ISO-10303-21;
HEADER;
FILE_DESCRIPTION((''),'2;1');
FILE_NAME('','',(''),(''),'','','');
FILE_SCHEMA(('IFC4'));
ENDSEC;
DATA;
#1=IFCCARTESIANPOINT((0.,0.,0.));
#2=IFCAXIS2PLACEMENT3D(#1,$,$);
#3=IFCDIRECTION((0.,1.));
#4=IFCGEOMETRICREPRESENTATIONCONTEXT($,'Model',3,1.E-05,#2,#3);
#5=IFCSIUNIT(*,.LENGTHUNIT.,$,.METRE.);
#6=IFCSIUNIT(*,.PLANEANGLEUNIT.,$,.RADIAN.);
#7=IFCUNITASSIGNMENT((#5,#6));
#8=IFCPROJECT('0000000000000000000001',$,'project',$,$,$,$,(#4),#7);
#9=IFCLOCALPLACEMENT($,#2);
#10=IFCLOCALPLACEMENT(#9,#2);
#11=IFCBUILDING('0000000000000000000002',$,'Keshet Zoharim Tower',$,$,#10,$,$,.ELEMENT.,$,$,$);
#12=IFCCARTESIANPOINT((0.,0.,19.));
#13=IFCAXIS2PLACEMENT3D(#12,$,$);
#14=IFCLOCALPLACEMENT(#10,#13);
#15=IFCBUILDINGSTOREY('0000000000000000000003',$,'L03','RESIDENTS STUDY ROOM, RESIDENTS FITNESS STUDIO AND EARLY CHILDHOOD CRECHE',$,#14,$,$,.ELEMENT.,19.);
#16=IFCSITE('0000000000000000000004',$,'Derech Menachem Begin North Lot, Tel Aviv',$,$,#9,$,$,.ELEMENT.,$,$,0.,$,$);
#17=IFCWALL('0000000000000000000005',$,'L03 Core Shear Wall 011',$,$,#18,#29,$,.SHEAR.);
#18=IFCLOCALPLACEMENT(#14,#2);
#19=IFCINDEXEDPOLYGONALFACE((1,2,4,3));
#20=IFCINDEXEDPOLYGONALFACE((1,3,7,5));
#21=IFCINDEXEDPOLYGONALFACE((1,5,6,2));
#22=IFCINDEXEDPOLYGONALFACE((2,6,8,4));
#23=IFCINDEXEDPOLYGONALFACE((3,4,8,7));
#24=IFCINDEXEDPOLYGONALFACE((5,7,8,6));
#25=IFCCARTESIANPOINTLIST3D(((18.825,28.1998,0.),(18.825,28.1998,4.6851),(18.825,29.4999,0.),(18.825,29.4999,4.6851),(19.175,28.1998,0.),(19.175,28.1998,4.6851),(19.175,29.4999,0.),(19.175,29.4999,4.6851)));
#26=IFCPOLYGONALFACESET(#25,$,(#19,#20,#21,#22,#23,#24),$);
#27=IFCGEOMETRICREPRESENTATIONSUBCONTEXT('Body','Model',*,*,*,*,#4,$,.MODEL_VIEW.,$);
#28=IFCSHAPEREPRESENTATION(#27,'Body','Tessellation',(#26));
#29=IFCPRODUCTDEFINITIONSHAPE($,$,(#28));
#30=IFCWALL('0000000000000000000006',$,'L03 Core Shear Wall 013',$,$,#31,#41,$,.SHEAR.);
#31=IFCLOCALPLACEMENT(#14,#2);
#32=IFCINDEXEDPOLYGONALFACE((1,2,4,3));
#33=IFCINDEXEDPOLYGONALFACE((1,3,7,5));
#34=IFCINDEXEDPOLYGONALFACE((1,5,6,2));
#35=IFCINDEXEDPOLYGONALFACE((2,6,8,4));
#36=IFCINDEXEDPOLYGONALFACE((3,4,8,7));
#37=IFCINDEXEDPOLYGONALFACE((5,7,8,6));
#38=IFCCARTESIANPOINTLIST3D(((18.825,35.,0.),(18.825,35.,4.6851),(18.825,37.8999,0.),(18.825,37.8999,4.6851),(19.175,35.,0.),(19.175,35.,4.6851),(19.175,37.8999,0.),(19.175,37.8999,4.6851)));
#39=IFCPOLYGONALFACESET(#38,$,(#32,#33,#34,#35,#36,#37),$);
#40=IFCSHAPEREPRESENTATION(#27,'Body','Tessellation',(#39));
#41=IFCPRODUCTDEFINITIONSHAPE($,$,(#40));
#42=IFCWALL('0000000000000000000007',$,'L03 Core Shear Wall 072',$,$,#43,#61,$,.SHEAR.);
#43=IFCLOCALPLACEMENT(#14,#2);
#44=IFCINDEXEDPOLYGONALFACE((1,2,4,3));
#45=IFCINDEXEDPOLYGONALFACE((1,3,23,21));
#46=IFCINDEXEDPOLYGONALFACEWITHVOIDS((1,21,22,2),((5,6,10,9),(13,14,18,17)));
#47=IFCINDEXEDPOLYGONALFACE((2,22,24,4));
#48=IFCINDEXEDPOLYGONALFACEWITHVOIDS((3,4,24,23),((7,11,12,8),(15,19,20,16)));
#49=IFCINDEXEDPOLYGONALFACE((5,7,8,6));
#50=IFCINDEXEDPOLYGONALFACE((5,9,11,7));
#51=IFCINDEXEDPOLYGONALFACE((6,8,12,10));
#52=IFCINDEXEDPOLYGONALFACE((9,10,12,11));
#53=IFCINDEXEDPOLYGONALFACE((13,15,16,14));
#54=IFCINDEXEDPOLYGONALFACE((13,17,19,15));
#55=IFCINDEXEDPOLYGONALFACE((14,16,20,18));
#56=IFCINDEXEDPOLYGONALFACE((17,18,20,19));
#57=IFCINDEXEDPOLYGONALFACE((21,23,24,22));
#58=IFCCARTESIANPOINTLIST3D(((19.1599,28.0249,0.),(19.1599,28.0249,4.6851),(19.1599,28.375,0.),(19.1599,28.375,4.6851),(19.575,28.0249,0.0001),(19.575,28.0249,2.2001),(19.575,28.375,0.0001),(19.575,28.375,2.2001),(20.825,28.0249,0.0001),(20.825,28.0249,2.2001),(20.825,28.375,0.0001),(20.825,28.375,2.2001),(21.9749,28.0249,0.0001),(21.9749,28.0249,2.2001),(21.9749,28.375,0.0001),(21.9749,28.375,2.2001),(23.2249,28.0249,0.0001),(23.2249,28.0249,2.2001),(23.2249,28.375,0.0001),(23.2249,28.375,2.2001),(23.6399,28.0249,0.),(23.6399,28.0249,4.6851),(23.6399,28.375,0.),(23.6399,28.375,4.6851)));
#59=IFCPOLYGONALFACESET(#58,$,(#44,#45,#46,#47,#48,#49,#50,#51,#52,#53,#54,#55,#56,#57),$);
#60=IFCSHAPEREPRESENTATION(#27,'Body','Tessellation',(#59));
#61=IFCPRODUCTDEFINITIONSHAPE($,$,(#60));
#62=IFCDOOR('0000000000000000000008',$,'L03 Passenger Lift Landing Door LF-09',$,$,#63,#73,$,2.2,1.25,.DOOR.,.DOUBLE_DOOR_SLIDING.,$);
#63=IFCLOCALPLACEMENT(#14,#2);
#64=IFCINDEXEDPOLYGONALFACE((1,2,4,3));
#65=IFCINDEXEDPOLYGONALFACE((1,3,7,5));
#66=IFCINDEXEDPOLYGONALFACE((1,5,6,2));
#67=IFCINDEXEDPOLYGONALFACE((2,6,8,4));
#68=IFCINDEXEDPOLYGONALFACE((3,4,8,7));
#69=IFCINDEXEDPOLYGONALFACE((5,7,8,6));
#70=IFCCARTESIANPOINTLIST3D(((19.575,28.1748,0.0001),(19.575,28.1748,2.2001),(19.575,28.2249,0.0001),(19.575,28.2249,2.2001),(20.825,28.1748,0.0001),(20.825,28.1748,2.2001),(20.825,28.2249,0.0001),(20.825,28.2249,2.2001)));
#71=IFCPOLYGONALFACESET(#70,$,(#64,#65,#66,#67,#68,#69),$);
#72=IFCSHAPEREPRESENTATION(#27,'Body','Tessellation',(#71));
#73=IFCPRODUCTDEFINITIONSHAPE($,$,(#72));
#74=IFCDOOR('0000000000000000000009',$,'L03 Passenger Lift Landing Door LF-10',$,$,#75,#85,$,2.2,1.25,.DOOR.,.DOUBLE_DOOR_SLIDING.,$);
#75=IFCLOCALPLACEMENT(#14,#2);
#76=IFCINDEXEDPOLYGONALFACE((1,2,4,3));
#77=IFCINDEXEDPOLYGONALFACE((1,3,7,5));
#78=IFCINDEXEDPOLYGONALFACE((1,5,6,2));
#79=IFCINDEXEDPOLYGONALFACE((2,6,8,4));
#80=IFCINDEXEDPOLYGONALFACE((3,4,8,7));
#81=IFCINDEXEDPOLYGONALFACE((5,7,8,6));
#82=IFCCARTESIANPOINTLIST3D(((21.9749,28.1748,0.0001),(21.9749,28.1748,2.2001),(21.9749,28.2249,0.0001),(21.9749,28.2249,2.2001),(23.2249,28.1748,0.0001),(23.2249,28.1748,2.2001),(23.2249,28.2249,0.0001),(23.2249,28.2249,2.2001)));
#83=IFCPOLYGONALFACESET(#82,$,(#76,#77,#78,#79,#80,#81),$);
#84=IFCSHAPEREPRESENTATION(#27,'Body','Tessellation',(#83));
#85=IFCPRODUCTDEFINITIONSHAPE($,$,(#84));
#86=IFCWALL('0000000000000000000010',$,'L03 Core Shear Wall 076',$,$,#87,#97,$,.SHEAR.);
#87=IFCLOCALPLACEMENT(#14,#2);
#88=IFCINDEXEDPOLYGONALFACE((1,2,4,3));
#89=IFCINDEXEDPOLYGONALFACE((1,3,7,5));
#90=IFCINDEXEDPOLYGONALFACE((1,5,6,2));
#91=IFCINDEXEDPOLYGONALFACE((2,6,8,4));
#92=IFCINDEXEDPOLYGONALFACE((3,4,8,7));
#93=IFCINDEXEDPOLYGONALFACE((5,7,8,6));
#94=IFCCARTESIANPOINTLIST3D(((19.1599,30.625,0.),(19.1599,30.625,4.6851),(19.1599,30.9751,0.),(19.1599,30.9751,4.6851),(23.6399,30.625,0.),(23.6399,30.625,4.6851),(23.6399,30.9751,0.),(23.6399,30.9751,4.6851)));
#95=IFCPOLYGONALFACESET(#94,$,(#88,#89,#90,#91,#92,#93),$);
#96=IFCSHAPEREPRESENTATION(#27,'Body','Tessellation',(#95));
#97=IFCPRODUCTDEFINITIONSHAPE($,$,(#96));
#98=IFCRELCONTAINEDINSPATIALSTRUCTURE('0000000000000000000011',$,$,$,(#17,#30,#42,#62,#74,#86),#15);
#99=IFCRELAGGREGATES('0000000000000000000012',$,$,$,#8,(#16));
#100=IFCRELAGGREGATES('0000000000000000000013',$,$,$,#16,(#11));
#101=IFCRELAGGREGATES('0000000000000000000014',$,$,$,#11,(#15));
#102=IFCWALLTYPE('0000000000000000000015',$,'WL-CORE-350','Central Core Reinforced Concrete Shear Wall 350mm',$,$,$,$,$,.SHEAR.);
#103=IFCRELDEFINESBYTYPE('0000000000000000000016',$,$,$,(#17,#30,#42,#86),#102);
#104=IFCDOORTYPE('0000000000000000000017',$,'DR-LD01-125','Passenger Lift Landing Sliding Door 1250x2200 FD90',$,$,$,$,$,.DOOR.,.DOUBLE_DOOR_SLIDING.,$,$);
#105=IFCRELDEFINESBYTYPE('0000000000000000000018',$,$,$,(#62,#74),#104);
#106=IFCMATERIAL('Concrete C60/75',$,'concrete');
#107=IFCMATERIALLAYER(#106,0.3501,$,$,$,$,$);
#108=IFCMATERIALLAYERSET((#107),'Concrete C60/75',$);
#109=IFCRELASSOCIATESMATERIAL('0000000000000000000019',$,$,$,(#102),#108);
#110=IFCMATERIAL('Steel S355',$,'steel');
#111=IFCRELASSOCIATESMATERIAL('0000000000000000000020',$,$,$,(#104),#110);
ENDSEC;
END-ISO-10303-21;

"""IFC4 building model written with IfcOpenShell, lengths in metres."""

from ifc_helpers import new_model, si_unit, direction, frame, frame_2d, origin, place, context, subcontext, project, spatial, rectangle, extrude, material, layer, layer_set, type_object, element, fill, save


model = new_model("IFC4")

# Units and contexts
model_context = context("Model", 3, precision=1e-05, world=origin(), true_north=direction((0.0, 1.0)))
body_context = subcontext(model_context, "Body", "Model", "MODEL_VIEW")
ifc_project = project(units=[si_unit("LENGTHUNIT", "METRE"), si_unit("PLANEANGLEUNIT", "RADIAN")], contexts=[model_context])

# Site, building, storey
site_placement = place(None, origin())
site = spatial("IfcSite", under=ifc_project, at=site_placement, Name="Derech Menachem Begin North Lot, Tel Aviv", CompositionType="ELEMENT", RefElevation=0.0)
building_placement = place(site_placement, origin())
building = spatial("IfcBuilding", under=site, at=building_placement, Name="Keshet Zoharim Tower", CompositionType="ELEMENT")
storey_placement = place(building_placement, frame((0.0, 0.0, 19.0)))
storey = spatial("IfcBuildingStorey", under=building, at=storey_placement, Name="L03", Description="RESIDENTS STUDY ROOM, RESIDENTS FITNESS STUDIO AND EARLY CHILDHOOD CRECHE", CompositionType="ELEMENT", Elevation=19.0)

# Wall
ifc_material_1 = material(Name="Concrete C60/75", Category="concrete")
ifc_layer_1 = layer(ifc_material_1, 0.3501)
ifc_layer_set_1 = layer_set([ifc_layer_1], Name="Concrete C60/75")
wall_type_1 = type_object("IfcWallType", Name="WL-CORE-350", Description="Central Core Reinforced Concrete Shear Wall 350mm", PredefinedType="SHEAR", material=ifc_layer_set_1)
wall_1_placement = place(storey_placement, frame((19.0, 28.2, 0.0), z_axis=(0.0, 0.0, 1.0), x_axis=(0.0, 1.0, 0.0)))
element("IfcWall", 1, at=wall_1_placement, inside=storey, type_object=wall_type_1, Name="L03 Core Shear Wall 011", PredefinedType="SHEAR", context=body_context, shape_type="SweptSolid", body=[
    extrude(rectangle(XDim=1.3, YDim=0.3501, at=frame_2d((0.6499, 0.0))), origin(), (0.0, 0.0, 1.0), 4.6851),
])

# Wall
wall_2_placement = place(storey_placement, frame((19.0, 35.0, 0.0), z_axis=(0.0, 0.0, 1.0), x_axis=(0.0, 1.0, 0.0)))
element("IfcWall", 2, at=wall_2_placement, inside=storey, type_object=wall_type_1, Name="L03 Core Shear Wall 013", PredefinedType="SHEAR", context=body_context, shape_type="SweptSolid", body=[
    extrude(rectangle(XDim=2.8999, YDim=0.3501, at=frame_2d((1.45, 0.0))), origin(), (0.0, 0.0, 1.0), 4.6851),
])

# Wall, openings, doors
wall_3_placement = place(storey_placement, frame((19.1599, 28.2, 0.0), z_axis=(0.0, 0.0, 1.0), x_axis=(1.0, 0.0, 0.0)))
wall_3 = element("IfcWall", 3, at=wall_3_placement, inside=storey, type_object=wall_type_1, Name="L03 Core Shear Wall 072", PredefinedType="SHEAR", context=body_context, shape_type="SweptSolid", body=[
    extrude(rectangle(XDim=4.48, YDim=0.3501, at=frame_2d((2.24, 0.0))), origin(), (0.0, 0.0, 1.0), 4.6851),
])
opening_1_placement = place(wall_3_placement, frame((0.415, 0.0, 0.0)))
opening_1 = element("IfcOpeningElement", 4, at=opening_1_placement, cuts=wall_3, PredefinedType="OPENING", context=body_context, shape_type="SweptSolid", body=[
    extrude(rectangle(XDim=1.25, YDim=2.2, at=frame_2d((0.625, 1.1001))), frame((0.0, 0.1851, 0.0), z_axis=(0.0, -1.0, 0.0), x_axis=(1.0, 0.0, 0.0)), (0.0, 0.0, 1.0), 0.3701),
])
opening_2_placement = place(wall_3_placement, frame((2.8149, 0.0, 0.0)))
opening_2 = element("IfcOpeningElement", 5, at=opening_2_placement, cuts=wall_3, PredefinedType="OPENING", context=body_context, shape_type="SweptSolid", body=[
    extrude(rectangle(XDim=1.25, YDim=2.2, at=frame_2d((0.625, 1.1001))), frame((0.0, 0.1851, 0.0), z_axis=(0.0, -1.0, 0.0), x_axis=(1.0, 0.0, 0.0)), (0.0, 0.0, 1.0), 0.3701),
])
ifc_material_2 = material(Name="Steel S355", Category="steel")
door_type_1 = type_object("IfcDoorType", Name="DR-LD01-125", Description="Passenger Lift Landing Sliding Door 1250x2200 FD90", OperationType="DOUBLE_DOOR_SLIDING", PredefinedType="DOOR", material=ifc_material_2)
door_1_placement = place(opening_1_placement, origin())
door_1 = element("IfcDoor", 6, at=door_1_placement, inside=storey, type_object=door_type_1, Name="L03 Passenger Lift Landing Door LF-09", OperationType="DOUBLE_DOOR_SLIDING", OverallHeight=2.2, OverallWidth=1.25, PredefinedType="DOOR", context=body_context, shape_type="SweptSolid", body=[
    extrude(rectangle(XDim=1.25, YDim=2.2, at=frame_2d((0.625, 1.1001))), frame((0.0, 0.0249, 0.0), z_axis=(0.0, -1.0, 0.0), x_axis=(1.0, 0.0, 0.0)), (0.0, 0.0, 1.0), 0.05),
])
fill(opening_1, door_1)
door_2_placement = place(opening_2_placement, origin())
door_2 = element("IfcDoor", 7, at=door_2_placement, inside=storey, type_object=door_type_1, Name="L03 Passenger Lift Landing Door LF-10", OperationType="DOUBLE_DOOR_SLIDING", OverallHeight=2.2, OverallWidth=1.25, PredefinedType="DOOR", context=body_context, shape_type="SweptSolid", body=[
    extrude(rectangle(XDim=1.25, YDim=2.2, at=frame_2d((0.625, 1.1001))), frame((0.0, 0.0249, 0.0), z_axis=(0.0, -1.0, 0.0), x_axis=(1.0, 0.0, 0.0)), (0.0, 0.0, 1.0), 0.05),
])
fill(opening_2, door_2)

# Wall
wall_4_placement = place(storey_placement, frame((19.1599, 30.8, 0.0), z_axis=(0.0, 0.0, 1.0), x_axis=(1.0, 0.0, 0.0)))
element("IfcWall", 8, at=wall_4_placement, inside=storey, type_object=wall_type_1, Name="L03 Core Shear Wall 076", PredefinedType="SHEAR", context=body_context, shape_type="SweptSolid", body=[
    extrude(rectangle(XDim=4.48, YDim=0.3501, at=frame_2d((2.24, 0.0))), origin(), (0.0, 0.0, 1.0), 4.6851),
])

save(model, "model.ifc")
